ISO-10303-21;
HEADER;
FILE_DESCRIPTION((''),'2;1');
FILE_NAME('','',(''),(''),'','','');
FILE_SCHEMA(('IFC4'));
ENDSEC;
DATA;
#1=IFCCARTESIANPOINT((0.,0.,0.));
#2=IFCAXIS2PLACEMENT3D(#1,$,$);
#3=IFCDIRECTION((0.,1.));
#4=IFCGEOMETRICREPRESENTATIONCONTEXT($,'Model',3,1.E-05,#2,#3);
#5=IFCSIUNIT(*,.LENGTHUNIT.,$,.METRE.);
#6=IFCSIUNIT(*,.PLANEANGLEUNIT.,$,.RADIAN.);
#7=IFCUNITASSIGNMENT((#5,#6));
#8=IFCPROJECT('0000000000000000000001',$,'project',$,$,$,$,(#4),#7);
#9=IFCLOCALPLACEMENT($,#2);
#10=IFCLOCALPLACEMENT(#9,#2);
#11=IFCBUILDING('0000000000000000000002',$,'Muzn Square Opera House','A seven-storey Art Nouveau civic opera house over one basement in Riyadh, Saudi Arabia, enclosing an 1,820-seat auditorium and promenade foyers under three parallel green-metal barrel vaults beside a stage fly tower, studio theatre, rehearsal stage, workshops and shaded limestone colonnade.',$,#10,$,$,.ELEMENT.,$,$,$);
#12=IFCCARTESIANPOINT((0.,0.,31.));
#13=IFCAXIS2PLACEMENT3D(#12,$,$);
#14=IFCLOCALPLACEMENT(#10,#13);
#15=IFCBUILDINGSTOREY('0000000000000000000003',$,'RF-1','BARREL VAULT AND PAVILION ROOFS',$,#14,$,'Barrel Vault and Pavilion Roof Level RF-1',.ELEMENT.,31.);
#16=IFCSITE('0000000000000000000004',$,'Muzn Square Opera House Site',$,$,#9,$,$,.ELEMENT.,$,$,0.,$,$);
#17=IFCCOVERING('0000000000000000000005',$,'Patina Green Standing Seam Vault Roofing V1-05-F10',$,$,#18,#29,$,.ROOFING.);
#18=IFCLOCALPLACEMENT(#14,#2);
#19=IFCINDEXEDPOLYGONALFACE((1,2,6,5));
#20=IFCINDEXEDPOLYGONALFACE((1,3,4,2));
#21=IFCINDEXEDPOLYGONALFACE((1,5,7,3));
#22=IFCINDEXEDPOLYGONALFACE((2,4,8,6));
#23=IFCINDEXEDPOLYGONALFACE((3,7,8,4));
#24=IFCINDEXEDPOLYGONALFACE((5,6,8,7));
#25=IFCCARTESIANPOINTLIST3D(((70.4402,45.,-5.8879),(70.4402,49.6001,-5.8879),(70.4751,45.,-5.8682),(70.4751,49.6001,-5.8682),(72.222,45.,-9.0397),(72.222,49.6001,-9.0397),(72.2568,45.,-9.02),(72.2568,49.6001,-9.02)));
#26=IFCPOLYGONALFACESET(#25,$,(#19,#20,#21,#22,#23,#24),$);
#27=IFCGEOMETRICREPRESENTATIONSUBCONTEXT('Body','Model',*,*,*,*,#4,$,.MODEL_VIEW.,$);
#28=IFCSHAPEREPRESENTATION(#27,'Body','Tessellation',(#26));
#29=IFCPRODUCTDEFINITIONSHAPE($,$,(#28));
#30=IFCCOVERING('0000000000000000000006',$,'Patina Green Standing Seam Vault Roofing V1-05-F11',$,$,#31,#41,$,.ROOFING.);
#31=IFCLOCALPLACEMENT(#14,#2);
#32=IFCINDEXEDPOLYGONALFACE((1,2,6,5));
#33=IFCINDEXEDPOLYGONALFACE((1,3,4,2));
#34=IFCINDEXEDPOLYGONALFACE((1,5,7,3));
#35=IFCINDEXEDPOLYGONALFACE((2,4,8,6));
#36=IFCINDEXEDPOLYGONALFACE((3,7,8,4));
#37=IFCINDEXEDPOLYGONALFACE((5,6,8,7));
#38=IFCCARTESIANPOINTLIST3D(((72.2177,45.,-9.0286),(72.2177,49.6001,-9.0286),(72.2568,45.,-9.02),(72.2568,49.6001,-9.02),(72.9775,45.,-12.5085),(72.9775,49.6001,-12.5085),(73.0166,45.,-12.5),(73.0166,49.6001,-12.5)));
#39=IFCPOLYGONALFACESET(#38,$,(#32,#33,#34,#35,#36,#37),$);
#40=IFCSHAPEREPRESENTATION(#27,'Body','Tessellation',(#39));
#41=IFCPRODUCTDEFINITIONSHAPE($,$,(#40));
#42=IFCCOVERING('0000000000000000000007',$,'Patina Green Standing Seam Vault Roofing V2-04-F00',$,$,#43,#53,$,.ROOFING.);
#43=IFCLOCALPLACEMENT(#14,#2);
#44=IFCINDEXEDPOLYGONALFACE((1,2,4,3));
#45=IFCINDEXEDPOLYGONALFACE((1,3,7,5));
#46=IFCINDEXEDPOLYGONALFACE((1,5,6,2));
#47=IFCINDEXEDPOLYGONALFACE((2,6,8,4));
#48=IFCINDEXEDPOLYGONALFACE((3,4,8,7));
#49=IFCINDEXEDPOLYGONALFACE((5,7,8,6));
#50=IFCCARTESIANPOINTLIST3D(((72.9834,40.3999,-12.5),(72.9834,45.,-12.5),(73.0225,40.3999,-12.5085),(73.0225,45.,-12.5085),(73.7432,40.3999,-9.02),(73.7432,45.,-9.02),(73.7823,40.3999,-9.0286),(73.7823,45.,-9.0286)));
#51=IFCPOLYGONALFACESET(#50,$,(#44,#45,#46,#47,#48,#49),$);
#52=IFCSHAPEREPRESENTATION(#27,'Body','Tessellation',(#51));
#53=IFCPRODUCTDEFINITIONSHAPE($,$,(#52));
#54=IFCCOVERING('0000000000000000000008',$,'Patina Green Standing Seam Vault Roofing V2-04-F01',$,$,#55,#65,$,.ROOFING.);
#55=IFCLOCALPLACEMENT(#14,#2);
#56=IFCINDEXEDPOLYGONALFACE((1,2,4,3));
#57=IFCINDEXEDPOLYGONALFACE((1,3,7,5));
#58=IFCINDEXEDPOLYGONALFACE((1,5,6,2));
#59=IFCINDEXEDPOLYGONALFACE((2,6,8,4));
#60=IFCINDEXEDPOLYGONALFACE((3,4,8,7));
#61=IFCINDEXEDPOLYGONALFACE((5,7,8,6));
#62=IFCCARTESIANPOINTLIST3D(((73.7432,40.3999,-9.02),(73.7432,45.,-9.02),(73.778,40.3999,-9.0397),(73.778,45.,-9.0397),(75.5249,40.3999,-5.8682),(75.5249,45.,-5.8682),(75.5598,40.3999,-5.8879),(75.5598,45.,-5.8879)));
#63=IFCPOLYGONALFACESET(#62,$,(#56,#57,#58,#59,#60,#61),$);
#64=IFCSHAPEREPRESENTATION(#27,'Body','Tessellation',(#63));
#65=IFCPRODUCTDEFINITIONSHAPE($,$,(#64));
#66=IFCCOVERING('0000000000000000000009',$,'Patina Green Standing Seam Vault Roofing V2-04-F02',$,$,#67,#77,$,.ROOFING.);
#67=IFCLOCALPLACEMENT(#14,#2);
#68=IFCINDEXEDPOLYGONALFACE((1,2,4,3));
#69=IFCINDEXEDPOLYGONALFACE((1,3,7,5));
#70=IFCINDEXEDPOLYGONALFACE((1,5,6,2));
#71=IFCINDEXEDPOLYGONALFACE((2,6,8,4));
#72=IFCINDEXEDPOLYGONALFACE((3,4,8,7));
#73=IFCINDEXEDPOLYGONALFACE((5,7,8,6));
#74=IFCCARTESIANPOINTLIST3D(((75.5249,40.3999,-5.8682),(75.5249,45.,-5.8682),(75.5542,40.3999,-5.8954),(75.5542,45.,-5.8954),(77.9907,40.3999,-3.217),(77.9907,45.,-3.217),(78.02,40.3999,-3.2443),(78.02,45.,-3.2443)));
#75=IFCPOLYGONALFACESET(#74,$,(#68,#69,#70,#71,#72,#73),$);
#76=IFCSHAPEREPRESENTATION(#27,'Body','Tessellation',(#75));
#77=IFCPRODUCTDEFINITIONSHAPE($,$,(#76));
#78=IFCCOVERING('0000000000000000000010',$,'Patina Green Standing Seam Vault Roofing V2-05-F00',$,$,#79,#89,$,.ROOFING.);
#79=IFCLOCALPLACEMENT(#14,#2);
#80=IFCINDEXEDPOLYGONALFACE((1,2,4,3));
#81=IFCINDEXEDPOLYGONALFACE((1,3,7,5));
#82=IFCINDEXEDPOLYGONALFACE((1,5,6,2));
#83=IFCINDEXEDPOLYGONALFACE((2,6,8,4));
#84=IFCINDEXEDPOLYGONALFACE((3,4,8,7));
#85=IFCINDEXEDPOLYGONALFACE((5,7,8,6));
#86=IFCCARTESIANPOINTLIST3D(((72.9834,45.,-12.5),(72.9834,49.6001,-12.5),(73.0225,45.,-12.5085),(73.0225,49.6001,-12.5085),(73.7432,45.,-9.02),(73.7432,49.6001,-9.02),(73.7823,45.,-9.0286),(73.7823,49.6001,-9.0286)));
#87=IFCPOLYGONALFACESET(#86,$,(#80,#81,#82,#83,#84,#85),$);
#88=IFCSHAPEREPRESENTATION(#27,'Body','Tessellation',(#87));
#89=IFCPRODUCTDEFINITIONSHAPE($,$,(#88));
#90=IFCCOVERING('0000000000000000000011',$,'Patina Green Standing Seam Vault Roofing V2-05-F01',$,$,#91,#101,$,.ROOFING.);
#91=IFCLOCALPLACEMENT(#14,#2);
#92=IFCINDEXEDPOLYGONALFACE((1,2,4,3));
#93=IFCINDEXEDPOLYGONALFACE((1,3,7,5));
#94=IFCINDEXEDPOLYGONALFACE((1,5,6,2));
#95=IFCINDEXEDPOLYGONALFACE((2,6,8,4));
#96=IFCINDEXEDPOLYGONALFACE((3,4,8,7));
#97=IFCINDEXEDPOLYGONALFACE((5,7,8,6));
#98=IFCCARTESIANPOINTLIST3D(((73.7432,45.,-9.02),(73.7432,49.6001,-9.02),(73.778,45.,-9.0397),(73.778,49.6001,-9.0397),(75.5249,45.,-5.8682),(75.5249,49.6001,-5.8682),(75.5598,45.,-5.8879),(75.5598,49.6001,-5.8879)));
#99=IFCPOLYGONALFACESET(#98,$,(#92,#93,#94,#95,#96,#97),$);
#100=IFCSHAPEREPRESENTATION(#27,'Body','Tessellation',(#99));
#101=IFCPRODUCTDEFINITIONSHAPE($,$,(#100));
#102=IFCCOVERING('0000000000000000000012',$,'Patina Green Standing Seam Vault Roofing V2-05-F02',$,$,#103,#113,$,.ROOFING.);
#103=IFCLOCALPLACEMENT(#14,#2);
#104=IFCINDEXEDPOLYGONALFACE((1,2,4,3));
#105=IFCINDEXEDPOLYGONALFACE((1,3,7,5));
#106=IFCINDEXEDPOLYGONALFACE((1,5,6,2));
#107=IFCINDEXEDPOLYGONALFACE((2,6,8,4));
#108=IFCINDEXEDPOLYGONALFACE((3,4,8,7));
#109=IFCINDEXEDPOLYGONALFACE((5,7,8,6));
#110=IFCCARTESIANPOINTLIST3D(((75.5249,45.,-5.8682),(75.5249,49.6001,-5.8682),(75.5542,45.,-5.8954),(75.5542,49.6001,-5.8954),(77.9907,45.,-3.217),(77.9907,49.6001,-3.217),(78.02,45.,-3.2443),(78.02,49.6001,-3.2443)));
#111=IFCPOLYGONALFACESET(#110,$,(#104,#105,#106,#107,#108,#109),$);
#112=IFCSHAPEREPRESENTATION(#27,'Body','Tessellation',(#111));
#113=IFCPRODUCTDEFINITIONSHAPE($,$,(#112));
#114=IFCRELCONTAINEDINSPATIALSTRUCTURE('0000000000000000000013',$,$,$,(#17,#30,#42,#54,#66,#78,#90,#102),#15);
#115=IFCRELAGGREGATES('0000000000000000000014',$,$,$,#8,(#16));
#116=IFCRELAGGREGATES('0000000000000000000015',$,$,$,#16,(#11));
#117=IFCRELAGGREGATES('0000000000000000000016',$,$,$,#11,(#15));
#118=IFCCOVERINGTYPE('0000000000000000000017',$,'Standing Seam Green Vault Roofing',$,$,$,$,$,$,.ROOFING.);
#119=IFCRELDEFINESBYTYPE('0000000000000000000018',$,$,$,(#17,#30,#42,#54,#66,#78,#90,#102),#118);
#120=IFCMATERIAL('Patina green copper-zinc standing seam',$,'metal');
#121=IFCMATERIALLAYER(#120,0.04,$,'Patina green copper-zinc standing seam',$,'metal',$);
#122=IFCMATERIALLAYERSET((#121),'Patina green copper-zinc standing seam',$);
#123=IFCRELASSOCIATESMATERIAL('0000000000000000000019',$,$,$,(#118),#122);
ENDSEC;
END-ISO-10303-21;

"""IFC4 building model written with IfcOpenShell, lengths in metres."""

from ifc_helpers import new_model, si_unit, direction, frame, origin, place, context, subcontext, project, spatial, polyline, outline, extrude, material, layer, layer_set, type_object, element, save


model = new_model("IFC4")

# Units and contexts
model_context = context("Model", 3, precision=1e-05, world=origin(), true_north=direction((0.0, 1.0)))
body_context = subcontext(model_context, "Body", "Model", "MODEL_VIEW")
ifc_project = project(units=[si_unit("LENGTHUNIT", "METRE"), si_unit("PLANEANGLEUNIT", "RADIAN")], contexts=[model_context])

# Site, building, storey
site_placement = place(None, origin())
site = spatial("IfcSite", under=ifc_project, at=site_placement, Name="Muzn Square Opera House Site", CompositionType="ELEMENT", RefElevation=0.0)
building_placement = place(site_placement, origin())
building = spatial("IfcBuilding", under=site, at=building_placement, Name="Muzn Square Opera House", Description="A seven-storey Art Nouveau civic opera house over one basement in Riyadh, Saudi Arabia, enclosing an 1,820-seat auditorium and promenade foyers under three parallel green-metal barrel vaults beside a stage fly tower, studio theatre, rehearsal stage, workshops and shaded limestone colonnade.", CompositionType="ELEMENT")
storey_placement = place(building_placement, frame((0.0, 0.0, 31.0)))
storey = spatial("IfcBuildingStorey", under=building, at=storey_placement, Name="RF-1", Description="BARREL VAULT AND PAVILION ROOFS", LongName="Barrel Vault and Pavilion Roof Level RF-1", CompositionType="ELEMENT", Elevation=31.0)

# Shared definitions
ifc_material_1 = material(Name="Patina green copper-zinc standing seam", Category="metal")

# Coverings
ifc_layer_1 = layer(ifc_material_1, 0.04, Name="Patina green copper-zinc standing seam", Category="metal")
ifc_layer_set_1 = layer_set([ifc_layer_1], Name="Patina green copper-zinc standing seam")
covering_type = type_object("IfcCoveringType", Name="Standing Seam Green Vault Roofing", PredefinedType="ROOFING", material=ifc_layer_set_1)
covering_1_placement = place(storey_placement, frame((70.4751, 45.0, -5.8682), z_axis=(0.870533, 0.0, 0.492111), x_axis=(0.492111, 0.0, -0.870533)))
element("IfcCovering", 1, at=covering_1_placement, inside=storey, type_object=covering_type, Name="Patina Green Standing Seam Vault Roofing V1-05-F10", PredefinedType="ROOFING", context=body_context, shape_type="SweptSolid", body=[
    extrude(outline(polyline([(0.0, 0.0), (3.6206, 0.0), (3.6206, 4.6001), (0.0, 4.6001), (0.0, 0.0)])), origin(), (0.0, 0.0, -1.0), 0.04),
])
covering_2_placement = place(storey_placement, frame((72.2568, 45.0, -9.02), z_axis=(0.976987, 0.0, 0.2133), x_axis=(0.2133, 0.0, -0.976987)))
element("IfcCovering", 2, at=covering_2_placement, inside=storey, type_object=covering_type, Name="Patina Green Standing Seam Vault Roofing V1-05-F11", PredefinedType="ROOFING", context=body_context, shape_type="SweptSolid", body=[
    extrude(outline(polyline([(0.0, 0.0), (3.562, 0.0), (3.562, 4.6001), (0.0, 4.6001), (0.0, 0.0)])), origin(), (0.0, 0.0, -1.0), 0.04),
])
covering_3_placement = place(storey_placement, frame((73.7432, 40.3999, -9.02), z_axis=(-0.976987, 0.0, 0.2133), x_axis=(0.0, 1.0, 0.0)))
element("IfcCovering", 3, at=covering_3_placement, inside=storey, type_object=covering_type, Name="Patina Green Standing Seam Vault Roofing V2-04-F00", PredefinedType="ROOFING", context=body_context, shape_type="SweptSolid", body=[
    extrude(outline(polyline([(0.0, 3.562), (0.0, 0.0), (4.6001, 0.0), (4.6001, 3.562), (0.0, 3.562)])), origin(), (0.0, 0.0, -1.0), 0.04),
])
covering_4_placement = place(storey_placement, frame((75.5249, 40.3999, -5.8682), z_axis=(-0.870533, 0.0, 0.492111), x_axis=(0.0, 1.0, 0.0)))
element("IfcCovering", 4, at=covering_4_placement, inside=storey, type_object=covering_type, Name="Patina Green Standing Seam Vault Roofing V2-04-F01", PredefinedType="ROOFING", context=body_context, shape_type="SweptSolid", body=[
    extrude(outline(polyline([(0.0, 3.6206), (0.0, 0.0), (4.6001, 0.0), (4.6001, 3.6206), (0.0, 3.6206)])), origin(), (0.0, 0.0, -1.0), 0.04),
])
covering_5_placement = place(storey_placement, frame((77.9907, 40.3999, -3.217), z_axis=(-0.732234, 0.0, 0.681053), x_axis=(0.0, 1.0, 0.0)))
element("IfcCovering", 5, at=covering_5_placement, inside=storey, type_object=covering_type, Name="Patina Green Standing Seam Vault Roofing V2-04-F02", PredefinedType="ROOFING", context=body_context, shape_type="SweptSolid", body=[
    extrude(outline(polyline([(0.0, 3.6206), (0.0, 0.0), (4.6001, 0.0), (4.6001, 3.6206), (0.0, 3.6206)])), origin(), (0.0, 0.0, -1.0), 0.04),
])
covering_6_placement = place(storey_placement, frame((73.7432, 45.0, -9.02), z_axis=(-0.976987, 0.0, 0.2133), x_axis=(0.0, 1.0, 0.0)))
element("IfcCovering", 6, at=covering_6_placement, inside=storey, type_object=covering_type, Name="Patina Green Standing Seam Vault Roofing V2-05-F00", PredefinedType="ROOFING", context=body_context, shape_type="SweptSolid", body=[
    extrude(outline(polyline([(0.0, 3.562), (0.0, 0.0), (4.6001, 0.0), (4.6001, 3.562), (0.0, 3.562)])), origin(), (0.0, 0.0, -1.0), 0.04),
])
covering_7_placement = place(storey_placement, frame((75.5249, 45.0, -5.8682), z_axis=(-0.870533, 0.0, 0.492111), x_axis=(0.0, 1.0, 0.0)))
element("IfcCovering", 7, at=covering_7_placement, inside=storey, type_object=covering_type, Name="Patina Green Standing Seam Vault Roofing V2-05-F01", PredefinedType="ROOFING", context=body_context, shape_type="SweptSolid", body=[
    extrude(outline(polyline([(0.0, 3.6206), (0.0, 0.0), (4.6001, 0.0), (4.6001, 3.6206), (0.0, 3.6206)])), origin(), (0.0, 0.0, -1.0), 0.04),
])
covering_8_placement = place(storey_placement, frame((77.9907, 45.0, -3.217), z_axis=(-0.732234, 0.0, 0.681053), x_axis=(0.0, 1.0, 0.0)))
element("IfcCovering", 8, at=covering_8_placement, inside=storey, type_object=covering_type, Name="Patina Green Standing Seam Vault Roofing V2-05-F02", PredefinedType="ROOFING", context=body_context, shape_type="SweptSolid", body=[
    extrude(outline(polyline([(0.0, 3.6206), (0.0, 0.0), (4.6001, 0.0), (4.6001, 3.6206), (0.0, 3.6206)])), origin(), (0.0, 0.0, -1.0), 0.04),
])

save(model, "model.ifc")
